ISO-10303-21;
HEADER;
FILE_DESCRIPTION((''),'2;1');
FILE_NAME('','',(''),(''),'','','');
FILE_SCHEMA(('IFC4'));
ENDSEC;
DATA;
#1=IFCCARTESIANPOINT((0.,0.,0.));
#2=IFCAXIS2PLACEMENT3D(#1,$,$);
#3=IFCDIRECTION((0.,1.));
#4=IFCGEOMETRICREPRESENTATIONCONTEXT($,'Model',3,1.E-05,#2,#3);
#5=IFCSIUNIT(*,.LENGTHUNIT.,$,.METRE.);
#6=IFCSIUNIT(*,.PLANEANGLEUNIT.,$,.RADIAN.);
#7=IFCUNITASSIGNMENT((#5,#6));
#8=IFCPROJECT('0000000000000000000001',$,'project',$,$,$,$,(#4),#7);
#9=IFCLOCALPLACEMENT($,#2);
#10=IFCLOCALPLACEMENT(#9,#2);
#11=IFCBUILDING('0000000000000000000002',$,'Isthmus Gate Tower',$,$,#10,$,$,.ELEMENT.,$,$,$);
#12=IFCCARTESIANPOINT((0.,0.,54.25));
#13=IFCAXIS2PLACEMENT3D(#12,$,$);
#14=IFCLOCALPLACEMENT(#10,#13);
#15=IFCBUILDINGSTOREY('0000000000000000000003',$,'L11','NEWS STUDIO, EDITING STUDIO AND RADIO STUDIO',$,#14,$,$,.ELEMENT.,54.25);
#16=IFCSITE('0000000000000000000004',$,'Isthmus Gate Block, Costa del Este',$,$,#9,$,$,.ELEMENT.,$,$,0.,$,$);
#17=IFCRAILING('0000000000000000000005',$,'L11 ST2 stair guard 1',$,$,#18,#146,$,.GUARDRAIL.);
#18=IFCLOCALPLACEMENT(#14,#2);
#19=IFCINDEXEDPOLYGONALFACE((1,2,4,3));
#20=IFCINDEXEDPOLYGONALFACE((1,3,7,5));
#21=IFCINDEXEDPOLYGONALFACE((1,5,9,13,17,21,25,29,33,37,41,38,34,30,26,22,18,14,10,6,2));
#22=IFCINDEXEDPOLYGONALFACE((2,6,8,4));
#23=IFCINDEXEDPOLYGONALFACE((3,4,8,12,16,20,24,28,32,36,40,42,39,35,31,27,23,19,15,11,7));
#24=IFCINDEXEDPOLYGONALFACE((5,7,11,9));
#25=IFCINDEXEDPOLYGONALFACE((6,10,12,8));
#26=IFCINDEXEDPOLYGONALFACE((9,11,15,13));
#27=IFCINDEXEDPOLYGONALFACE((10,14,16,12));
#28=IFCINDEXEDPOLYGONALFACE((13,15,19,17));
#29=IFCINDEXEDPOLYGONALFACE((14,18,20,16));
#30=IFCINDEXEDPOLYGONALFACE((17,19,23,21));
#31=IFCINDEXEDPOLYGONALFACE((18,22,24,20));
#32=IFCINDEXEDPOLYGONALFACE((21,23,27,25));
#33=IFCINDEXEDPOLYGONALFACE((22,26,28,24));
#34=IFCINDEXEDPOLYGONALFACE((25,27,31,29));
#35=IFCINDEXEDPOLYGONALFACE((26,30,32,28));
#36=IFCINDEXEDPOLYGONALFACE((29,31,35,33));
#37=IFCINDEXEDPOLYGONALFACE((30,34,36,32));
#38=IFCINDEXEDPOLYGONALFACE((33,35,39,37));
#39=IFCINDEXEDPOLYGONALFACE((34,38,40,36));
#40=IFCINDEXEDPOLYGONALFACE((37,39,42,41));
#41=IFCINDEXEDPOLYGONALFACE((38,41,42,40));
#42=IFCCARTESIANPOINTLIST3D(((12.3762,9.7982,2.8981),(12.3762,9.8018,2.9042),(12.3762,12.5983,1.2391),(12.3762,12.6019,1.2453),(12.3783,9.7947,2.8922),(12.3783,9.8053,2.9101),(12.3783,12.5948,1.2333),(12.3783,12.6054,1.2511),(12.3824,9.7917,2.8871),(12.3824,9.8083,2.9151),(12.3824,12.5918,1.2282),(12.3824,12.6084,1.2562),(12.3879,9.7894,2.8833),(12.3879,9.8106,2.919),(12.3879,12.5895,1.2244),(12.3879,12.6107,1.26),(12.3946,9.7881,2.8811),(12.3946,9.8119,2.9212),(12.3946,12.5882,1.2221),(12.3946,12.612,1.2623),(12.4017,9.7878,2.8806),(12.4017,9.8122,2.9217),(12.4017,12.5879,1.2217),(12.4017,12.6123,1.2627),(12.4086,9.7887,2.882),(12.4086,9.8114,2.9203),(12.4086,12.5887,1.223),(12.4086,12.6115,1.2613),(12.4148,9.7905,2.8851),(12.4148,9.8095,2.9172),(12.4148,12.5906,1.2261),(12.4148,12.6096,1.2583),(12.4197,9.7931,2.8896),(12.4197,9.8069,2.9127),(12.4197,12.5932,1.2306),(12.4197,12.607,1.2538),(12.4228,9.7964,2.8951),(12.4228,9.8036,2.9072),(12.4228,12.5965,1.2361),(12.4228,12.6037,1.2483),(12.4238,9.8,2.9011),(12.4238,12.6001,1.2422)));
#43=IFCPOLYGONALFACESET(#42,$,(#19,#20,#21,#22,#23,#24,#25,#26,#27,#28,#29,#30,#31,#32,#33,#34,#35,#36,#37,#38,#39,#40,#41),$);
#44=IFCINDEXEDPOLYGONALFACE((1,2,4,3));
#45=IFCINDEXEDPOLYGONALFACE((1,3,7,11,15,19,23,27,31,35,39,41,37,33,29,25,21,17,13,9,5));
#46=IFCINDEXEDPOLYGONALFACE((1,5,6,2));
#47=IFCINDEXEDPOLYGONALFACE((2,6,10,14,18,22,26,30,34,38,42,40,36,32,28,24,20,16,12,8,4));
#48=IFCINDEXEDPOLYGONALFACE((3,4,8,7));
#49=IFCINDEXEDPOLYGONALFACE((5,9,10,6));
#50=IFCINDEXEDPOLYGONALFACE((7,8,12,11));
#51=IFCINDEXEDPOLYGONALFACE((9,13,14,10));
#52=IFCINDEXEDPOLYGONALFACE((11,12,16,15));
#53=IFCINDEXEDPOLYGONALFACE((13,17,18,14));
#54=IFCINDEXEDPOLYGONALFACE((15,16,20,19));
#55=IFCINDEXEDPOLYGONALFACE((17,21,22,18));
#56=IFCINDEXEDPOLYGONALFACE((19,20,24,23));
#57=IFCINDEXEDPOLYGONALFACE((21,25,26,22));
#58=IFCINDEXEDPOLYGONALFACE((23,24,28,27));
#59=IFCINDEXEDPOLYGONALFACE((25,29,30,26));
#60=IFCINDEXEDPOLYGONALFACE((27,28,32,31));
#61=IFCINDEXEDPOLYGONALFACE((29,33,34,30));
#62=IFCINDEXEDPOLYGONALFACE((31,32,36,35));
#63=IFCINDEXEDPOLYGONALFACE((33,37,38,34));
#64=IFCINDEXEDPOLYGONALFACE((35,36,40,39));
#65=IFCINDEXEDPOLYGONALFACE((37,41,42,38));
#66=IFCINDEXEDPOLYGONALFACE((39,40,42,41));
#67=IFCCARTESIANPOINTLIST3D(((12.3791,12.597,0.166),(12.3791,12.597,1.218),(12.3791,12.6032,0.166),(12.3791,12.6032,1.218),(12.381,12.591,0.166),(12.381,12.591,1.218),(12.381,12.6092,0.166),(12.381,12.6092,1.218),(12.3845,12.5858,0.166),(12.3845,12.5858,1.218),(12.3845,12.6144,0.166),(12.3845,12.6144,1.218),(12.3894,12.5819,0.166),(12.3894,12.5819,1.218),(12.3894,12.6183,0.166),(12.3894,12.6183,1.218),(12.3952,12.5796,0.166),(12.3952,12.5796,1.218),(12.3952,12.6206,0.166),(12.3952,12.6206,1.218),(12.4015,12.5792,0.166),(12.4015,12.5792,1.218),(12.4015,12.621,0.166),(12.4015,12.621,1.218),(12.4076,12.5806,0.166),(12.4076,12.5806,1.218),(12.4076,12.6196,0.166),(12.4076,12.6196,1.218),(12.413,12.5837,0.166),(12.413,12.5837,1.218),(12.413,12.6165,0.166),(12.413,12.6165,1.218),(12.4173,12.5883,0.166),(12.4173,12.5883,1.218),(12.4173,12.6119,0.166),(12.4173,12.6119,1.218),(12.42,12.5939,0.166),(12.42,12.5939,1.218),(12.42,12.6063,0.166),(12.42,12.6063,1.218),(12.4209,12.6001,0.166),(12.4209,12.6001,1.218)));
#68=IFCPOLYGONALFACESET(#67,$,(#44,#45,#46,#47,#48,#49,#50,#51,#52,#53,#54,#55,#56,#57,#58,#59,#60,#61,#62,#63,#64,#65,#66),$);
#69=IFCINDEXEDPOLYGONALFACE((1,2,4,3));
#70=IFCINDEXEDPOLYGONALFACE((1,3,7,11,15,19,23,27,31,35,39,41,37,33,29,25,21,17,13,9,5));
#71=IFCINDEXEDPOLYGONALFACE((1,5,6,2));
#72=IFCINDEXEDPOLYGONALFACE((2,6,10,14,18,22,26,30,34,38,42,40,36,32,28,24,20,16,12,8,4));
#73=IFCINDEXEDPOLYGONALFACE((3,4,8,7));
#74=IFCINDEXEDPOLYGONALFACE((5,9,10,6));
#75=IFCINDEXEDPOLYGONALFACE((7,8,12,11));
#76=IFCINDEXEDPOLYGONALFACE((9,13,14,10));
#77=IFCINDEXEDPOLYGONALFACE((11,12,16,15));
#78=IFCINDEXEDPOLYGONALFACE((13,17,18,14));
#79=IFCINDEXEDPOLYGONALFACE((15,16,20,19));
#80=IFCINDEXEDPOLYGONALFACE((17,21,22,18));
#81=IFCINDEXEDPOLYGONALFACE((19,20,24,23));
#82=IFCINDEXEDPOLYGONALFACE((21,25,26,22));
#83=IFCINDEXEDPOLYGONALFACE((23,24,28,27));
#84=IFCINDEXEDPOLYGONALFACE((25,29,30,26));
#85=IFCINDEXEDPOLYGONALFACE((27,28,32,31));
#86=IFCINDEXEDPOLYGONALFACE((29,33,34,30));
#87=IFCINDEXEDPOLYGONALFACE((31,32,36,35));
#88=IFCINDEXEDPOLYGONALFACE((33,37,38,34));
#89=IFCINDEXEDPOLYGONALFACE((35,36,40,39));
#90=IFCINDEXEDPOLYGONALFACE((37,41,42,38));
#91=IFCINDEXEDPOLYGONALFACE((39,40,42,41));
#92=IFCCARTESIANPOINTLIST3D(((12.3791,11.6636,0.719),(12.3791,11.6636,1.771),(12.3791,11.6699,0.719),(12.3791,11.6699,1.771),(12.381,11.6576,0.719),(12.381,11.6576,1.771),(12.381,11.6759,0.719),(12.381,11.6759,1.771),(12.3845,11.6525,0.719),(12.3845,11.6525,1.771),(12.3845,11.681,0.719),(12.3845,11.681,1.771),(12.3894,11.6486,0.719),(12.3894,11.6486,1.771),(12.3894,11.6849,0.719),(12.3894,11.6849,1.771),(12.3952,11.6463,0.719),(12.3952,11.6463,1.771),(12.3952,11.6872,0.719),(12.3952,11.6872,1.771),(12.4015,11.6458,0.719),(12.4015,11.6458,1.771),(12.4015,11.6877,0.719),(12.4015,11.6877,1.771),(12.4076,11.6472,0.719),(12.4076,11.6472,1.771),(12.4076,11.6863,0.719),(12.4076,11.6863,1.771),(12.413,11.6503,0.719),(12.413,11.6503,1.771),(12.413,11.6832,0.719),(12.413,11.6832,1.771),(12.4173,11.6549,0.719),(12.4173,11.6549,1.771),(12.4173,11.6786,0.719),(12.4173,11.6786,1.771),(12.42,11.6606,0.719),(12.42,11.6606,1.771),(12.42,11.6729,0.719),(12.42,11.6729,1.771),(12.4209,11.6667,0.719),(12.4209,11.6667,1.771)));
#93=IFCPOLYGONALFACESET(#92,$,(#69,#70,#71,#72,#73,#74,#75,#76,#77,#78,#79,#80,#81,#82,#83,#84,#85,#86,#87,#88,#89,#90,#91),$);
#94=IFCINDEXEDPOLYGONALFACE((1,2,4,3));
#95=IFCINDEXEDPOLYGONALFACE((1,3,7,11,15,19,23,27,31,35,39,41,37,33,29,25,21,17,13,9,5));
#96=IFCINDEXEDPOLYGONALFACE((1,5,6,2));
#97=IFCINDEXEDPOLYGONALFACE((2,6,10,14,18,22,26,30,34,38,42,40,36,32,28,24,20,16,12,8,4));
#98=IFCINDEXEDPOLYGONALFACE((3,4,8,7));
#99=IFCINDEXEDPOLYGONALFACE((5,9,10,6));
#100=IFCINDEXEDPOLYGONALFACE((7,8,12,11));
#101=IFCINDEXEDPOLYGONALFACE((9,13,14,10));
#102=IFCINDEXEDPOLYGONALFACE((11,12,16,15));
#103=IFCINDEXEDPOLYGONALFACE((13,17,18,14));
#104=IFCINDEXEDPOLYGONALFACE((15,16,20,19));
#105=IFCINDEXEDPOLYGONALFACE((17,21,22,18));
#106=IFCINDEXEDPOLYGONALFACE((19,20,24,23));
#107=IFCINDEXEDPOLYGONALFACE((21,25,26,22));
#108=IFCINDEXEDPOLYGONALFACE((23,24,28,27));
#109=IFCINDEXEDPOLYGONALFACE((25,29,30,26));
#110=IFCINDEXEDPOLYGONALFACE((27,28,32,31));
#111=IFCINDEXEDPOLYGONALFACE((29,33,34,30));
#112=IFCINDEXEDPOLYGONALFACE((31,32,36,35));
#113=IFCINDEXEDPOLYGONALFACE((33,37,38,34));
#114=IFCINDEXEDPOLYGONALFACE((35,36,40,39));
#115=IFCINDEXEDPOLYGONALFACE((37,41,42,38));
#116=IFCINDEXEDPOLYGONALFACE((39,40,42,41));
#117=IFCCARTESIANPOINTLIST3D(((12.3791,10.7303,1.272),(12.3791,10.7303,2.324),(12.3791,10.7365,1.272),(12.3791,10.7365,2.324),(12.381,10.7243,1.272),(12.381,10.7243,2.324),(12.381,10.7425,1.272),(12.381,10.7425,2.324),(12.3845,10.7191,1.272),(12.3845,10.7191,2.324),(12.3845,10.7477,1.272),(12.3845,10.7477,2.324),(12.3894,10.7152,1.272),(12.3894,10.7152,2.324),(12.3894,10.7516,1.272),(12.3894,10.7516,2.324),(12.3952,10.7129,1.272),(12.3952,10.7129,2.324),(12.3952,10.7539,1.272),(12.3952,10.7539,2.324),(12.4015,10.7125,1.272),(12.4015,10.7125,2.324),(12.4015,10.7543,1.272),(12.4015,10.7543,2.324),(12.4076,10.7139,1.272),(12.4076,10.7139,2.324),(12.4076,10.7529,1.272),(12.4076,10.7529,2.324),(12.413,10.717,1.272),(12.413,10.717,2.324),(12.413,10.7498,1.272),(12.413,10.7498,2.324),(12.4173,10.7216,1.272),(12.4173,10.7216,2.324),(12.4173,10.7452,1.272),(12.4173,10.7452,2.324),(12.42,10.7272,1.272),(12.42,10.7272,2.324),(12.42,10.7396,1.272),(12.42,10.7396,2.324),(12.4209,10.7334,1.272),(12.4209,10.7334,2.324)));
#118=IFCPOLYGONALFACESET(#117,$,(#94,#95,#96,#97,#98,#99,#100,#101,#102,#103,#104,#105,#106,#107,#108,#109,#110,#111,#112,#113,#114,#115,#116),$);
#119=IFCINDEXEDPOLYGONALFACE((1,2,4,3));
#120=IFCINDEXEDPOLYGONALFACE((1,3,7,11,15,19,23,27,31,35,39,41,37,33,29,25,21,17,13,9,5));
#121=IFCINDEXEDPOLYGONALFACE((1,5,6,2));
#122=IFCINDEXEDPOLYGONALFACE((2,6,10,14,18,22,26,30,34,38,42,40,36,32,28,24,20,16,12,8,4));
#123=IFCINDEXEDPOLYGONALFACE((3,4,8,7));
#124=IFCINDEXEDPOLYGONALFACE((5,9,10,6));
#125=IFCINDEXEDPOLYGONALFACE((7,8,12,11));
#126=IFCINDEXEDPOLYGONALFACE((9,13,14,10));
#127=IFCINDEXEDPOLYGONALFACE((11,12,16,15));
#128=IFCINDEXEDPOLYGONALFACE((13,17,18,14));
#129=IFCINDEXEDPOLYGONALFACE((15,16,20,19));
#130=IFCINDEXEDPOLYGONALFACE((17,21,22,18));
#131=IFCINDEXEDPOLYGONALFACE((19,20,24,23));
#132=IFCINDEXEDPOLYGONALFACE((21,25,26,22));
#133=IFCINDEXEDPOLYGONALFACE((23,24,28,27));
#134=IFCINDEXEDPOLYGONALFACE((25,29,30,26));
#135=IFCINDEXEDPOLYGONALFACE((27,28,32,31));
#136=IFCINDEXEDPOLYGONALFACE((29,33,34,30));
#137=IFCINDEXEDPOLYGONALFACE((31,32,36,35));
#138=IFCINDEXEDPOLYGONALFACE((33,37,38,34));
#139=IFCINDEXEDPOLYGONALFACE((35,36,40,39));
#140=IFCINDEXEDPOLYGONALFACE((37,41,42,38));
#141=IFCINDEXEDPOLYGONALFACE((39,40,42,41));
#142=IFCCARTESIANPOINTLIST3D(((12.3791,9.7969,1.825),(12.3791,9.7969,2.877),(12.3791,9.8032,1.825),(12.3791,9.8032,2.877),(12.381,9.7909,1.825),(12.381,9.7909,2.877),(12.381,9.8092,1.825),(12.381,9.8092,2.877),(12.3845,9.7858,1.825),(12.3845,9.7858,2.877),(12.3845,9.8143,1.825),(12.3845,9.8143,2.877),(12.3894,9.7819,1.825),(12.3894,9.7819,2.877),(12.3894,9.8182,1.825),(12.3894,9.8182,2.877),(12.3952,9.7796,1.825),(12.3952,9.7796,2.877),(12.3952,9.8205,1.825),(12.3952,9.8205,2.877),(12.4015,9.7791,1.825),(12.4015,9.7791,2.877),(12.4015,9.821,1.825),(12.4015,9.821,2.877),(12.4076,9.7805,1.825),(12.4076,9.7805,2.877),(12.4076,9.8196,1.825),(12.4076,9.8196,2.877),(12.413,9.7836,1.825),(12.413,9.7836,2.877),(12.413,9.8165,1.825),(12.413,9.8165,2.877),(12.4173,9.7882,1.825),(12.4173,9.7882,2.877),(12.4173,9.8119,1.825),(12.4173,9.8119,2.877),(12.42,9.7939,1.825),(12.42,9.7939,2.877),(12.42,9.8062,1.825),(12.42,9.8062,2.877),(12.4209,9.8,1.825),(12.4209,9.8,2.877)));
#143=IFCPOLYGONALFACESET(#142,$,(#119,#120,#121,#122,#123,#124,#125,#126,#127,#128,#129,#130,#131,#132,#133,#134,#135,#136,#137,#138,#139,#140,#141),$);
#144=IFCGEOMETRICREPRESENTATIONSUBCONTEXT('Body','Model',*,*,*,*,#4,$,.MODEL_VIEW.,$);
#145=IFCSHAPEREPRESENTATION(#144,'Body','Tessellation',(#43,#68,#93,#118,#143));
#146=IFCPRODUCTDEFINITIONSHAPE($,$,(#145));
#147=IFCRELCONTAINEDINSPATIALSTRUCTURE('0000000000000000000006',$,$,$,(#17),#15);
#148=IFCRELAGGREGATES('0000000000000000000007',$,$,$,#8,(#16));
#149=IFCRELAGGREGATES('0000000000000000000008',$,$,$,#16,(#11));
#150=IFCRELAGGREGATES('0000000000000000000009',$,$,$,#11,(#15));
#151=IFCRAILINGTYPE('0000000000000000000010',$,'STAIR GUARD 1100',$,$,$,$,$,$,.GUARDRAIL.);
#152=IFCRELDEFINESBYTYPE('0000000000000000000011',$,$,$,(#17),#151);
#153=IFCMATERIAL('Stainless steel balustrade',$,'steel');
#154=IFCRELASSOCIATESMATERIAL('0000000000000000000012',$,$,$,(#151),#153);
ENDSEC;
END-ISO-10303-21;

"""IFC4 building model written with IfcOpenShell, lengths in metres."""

from ifc_helpers import new_model, si_unit, direction, frame, origin, origin_2d, place, context, subcontext, project, spatial, circle, extrude, material, type_object, element, save


model = new_model("IFC4")

# Units and contexts
model_context = context("Model", 3, precision=1e-05, world=origin(), true_north=direction((0.0, 1.0)))
body_context = subcontext(model_context, "Body", "Model", "MODEL_VIEW")
ifc_project = project(units=[si_unit("LENGTHUNIT", "METRE"), si_unit("PLANEANGLEUNIT", "RADIAN")], contexts=[model_context])

# Site, building, storey
site_placement = place(None, origin())
site = spatial("IfcSite", under=ifc_project, at=site_placement, Name="Isthmus Gate Block, Costa del Este", CompositionType="ELEMENT", RefElevation=0.0)
building_placement = place(site_placement, origin())
building = spatial("IfcBuilding", under=site, at=building_placement, Name="Isthmus Gate Tower", CompositionType="ELEMENT")
storey_placement = place(building_placement, frame((0.0, 0.0, 54.25)))
storey = spatial("IfcBuildingStorey", under=building, at=storey_placement, Name="L11", Description="NEWS STUDIO, EDITING STUDIO AND RADIO STUDIO", CompositionType="ELEMENT", Elevation=54.25)

# Railing
ifc_material_1 = material(Name="Stainless steel balustrade", Category="steel")
railing_type_1 = type_object("IfcRailingType", Name="STAIR GUARD 1100", PredefinedType="GUARDRAIL", material=ifc_material_1)
railing_1_placement = place(storey_placement, frame((12.3999, 12.6001, 0.166)))
element("IfcRailing", 1, at=railing_1_placement, inside=storey, type_object=railing_type_1, Name="L11 ST2 stair guard 1", PredefinedType="GUARDRAIL", context=body_context, shape_type="SweptSolid", body=[
    extrude(circle(Radius=0.0239, at=origin_2d()), frame((0.0, 0.0, 1.0762), z_axis=(0.0, -0.860339, 0.509722), x_axis=(1.0, 0.0, 0.0)), (0.0, 0.0, 1.0), 3.2546),
    extrude(circle(Radius=0.021, at=origin_2d()), origin(), (0.0, 0.0, 1.0), 1.052),
    extrude(circle(Radius=0.021, at=origin_2d()), frame((0.0, -0.9333, 0.553)), (0.0, 0.0, 1.0), 1.052),
    extrude(circle(Radius=0.021, at=origin_2d()), frame((0.0, -1.8667, 1.106)), (0.0, 0.0, 1.0), 1.052),
    extrude(circle(Radius=0.021, at=origin_2d()), frame((0.0, -2.8, 1.6589)), (0.0, 0.0, 1.0), 1.052),
])

save(model, "model.ifc")
